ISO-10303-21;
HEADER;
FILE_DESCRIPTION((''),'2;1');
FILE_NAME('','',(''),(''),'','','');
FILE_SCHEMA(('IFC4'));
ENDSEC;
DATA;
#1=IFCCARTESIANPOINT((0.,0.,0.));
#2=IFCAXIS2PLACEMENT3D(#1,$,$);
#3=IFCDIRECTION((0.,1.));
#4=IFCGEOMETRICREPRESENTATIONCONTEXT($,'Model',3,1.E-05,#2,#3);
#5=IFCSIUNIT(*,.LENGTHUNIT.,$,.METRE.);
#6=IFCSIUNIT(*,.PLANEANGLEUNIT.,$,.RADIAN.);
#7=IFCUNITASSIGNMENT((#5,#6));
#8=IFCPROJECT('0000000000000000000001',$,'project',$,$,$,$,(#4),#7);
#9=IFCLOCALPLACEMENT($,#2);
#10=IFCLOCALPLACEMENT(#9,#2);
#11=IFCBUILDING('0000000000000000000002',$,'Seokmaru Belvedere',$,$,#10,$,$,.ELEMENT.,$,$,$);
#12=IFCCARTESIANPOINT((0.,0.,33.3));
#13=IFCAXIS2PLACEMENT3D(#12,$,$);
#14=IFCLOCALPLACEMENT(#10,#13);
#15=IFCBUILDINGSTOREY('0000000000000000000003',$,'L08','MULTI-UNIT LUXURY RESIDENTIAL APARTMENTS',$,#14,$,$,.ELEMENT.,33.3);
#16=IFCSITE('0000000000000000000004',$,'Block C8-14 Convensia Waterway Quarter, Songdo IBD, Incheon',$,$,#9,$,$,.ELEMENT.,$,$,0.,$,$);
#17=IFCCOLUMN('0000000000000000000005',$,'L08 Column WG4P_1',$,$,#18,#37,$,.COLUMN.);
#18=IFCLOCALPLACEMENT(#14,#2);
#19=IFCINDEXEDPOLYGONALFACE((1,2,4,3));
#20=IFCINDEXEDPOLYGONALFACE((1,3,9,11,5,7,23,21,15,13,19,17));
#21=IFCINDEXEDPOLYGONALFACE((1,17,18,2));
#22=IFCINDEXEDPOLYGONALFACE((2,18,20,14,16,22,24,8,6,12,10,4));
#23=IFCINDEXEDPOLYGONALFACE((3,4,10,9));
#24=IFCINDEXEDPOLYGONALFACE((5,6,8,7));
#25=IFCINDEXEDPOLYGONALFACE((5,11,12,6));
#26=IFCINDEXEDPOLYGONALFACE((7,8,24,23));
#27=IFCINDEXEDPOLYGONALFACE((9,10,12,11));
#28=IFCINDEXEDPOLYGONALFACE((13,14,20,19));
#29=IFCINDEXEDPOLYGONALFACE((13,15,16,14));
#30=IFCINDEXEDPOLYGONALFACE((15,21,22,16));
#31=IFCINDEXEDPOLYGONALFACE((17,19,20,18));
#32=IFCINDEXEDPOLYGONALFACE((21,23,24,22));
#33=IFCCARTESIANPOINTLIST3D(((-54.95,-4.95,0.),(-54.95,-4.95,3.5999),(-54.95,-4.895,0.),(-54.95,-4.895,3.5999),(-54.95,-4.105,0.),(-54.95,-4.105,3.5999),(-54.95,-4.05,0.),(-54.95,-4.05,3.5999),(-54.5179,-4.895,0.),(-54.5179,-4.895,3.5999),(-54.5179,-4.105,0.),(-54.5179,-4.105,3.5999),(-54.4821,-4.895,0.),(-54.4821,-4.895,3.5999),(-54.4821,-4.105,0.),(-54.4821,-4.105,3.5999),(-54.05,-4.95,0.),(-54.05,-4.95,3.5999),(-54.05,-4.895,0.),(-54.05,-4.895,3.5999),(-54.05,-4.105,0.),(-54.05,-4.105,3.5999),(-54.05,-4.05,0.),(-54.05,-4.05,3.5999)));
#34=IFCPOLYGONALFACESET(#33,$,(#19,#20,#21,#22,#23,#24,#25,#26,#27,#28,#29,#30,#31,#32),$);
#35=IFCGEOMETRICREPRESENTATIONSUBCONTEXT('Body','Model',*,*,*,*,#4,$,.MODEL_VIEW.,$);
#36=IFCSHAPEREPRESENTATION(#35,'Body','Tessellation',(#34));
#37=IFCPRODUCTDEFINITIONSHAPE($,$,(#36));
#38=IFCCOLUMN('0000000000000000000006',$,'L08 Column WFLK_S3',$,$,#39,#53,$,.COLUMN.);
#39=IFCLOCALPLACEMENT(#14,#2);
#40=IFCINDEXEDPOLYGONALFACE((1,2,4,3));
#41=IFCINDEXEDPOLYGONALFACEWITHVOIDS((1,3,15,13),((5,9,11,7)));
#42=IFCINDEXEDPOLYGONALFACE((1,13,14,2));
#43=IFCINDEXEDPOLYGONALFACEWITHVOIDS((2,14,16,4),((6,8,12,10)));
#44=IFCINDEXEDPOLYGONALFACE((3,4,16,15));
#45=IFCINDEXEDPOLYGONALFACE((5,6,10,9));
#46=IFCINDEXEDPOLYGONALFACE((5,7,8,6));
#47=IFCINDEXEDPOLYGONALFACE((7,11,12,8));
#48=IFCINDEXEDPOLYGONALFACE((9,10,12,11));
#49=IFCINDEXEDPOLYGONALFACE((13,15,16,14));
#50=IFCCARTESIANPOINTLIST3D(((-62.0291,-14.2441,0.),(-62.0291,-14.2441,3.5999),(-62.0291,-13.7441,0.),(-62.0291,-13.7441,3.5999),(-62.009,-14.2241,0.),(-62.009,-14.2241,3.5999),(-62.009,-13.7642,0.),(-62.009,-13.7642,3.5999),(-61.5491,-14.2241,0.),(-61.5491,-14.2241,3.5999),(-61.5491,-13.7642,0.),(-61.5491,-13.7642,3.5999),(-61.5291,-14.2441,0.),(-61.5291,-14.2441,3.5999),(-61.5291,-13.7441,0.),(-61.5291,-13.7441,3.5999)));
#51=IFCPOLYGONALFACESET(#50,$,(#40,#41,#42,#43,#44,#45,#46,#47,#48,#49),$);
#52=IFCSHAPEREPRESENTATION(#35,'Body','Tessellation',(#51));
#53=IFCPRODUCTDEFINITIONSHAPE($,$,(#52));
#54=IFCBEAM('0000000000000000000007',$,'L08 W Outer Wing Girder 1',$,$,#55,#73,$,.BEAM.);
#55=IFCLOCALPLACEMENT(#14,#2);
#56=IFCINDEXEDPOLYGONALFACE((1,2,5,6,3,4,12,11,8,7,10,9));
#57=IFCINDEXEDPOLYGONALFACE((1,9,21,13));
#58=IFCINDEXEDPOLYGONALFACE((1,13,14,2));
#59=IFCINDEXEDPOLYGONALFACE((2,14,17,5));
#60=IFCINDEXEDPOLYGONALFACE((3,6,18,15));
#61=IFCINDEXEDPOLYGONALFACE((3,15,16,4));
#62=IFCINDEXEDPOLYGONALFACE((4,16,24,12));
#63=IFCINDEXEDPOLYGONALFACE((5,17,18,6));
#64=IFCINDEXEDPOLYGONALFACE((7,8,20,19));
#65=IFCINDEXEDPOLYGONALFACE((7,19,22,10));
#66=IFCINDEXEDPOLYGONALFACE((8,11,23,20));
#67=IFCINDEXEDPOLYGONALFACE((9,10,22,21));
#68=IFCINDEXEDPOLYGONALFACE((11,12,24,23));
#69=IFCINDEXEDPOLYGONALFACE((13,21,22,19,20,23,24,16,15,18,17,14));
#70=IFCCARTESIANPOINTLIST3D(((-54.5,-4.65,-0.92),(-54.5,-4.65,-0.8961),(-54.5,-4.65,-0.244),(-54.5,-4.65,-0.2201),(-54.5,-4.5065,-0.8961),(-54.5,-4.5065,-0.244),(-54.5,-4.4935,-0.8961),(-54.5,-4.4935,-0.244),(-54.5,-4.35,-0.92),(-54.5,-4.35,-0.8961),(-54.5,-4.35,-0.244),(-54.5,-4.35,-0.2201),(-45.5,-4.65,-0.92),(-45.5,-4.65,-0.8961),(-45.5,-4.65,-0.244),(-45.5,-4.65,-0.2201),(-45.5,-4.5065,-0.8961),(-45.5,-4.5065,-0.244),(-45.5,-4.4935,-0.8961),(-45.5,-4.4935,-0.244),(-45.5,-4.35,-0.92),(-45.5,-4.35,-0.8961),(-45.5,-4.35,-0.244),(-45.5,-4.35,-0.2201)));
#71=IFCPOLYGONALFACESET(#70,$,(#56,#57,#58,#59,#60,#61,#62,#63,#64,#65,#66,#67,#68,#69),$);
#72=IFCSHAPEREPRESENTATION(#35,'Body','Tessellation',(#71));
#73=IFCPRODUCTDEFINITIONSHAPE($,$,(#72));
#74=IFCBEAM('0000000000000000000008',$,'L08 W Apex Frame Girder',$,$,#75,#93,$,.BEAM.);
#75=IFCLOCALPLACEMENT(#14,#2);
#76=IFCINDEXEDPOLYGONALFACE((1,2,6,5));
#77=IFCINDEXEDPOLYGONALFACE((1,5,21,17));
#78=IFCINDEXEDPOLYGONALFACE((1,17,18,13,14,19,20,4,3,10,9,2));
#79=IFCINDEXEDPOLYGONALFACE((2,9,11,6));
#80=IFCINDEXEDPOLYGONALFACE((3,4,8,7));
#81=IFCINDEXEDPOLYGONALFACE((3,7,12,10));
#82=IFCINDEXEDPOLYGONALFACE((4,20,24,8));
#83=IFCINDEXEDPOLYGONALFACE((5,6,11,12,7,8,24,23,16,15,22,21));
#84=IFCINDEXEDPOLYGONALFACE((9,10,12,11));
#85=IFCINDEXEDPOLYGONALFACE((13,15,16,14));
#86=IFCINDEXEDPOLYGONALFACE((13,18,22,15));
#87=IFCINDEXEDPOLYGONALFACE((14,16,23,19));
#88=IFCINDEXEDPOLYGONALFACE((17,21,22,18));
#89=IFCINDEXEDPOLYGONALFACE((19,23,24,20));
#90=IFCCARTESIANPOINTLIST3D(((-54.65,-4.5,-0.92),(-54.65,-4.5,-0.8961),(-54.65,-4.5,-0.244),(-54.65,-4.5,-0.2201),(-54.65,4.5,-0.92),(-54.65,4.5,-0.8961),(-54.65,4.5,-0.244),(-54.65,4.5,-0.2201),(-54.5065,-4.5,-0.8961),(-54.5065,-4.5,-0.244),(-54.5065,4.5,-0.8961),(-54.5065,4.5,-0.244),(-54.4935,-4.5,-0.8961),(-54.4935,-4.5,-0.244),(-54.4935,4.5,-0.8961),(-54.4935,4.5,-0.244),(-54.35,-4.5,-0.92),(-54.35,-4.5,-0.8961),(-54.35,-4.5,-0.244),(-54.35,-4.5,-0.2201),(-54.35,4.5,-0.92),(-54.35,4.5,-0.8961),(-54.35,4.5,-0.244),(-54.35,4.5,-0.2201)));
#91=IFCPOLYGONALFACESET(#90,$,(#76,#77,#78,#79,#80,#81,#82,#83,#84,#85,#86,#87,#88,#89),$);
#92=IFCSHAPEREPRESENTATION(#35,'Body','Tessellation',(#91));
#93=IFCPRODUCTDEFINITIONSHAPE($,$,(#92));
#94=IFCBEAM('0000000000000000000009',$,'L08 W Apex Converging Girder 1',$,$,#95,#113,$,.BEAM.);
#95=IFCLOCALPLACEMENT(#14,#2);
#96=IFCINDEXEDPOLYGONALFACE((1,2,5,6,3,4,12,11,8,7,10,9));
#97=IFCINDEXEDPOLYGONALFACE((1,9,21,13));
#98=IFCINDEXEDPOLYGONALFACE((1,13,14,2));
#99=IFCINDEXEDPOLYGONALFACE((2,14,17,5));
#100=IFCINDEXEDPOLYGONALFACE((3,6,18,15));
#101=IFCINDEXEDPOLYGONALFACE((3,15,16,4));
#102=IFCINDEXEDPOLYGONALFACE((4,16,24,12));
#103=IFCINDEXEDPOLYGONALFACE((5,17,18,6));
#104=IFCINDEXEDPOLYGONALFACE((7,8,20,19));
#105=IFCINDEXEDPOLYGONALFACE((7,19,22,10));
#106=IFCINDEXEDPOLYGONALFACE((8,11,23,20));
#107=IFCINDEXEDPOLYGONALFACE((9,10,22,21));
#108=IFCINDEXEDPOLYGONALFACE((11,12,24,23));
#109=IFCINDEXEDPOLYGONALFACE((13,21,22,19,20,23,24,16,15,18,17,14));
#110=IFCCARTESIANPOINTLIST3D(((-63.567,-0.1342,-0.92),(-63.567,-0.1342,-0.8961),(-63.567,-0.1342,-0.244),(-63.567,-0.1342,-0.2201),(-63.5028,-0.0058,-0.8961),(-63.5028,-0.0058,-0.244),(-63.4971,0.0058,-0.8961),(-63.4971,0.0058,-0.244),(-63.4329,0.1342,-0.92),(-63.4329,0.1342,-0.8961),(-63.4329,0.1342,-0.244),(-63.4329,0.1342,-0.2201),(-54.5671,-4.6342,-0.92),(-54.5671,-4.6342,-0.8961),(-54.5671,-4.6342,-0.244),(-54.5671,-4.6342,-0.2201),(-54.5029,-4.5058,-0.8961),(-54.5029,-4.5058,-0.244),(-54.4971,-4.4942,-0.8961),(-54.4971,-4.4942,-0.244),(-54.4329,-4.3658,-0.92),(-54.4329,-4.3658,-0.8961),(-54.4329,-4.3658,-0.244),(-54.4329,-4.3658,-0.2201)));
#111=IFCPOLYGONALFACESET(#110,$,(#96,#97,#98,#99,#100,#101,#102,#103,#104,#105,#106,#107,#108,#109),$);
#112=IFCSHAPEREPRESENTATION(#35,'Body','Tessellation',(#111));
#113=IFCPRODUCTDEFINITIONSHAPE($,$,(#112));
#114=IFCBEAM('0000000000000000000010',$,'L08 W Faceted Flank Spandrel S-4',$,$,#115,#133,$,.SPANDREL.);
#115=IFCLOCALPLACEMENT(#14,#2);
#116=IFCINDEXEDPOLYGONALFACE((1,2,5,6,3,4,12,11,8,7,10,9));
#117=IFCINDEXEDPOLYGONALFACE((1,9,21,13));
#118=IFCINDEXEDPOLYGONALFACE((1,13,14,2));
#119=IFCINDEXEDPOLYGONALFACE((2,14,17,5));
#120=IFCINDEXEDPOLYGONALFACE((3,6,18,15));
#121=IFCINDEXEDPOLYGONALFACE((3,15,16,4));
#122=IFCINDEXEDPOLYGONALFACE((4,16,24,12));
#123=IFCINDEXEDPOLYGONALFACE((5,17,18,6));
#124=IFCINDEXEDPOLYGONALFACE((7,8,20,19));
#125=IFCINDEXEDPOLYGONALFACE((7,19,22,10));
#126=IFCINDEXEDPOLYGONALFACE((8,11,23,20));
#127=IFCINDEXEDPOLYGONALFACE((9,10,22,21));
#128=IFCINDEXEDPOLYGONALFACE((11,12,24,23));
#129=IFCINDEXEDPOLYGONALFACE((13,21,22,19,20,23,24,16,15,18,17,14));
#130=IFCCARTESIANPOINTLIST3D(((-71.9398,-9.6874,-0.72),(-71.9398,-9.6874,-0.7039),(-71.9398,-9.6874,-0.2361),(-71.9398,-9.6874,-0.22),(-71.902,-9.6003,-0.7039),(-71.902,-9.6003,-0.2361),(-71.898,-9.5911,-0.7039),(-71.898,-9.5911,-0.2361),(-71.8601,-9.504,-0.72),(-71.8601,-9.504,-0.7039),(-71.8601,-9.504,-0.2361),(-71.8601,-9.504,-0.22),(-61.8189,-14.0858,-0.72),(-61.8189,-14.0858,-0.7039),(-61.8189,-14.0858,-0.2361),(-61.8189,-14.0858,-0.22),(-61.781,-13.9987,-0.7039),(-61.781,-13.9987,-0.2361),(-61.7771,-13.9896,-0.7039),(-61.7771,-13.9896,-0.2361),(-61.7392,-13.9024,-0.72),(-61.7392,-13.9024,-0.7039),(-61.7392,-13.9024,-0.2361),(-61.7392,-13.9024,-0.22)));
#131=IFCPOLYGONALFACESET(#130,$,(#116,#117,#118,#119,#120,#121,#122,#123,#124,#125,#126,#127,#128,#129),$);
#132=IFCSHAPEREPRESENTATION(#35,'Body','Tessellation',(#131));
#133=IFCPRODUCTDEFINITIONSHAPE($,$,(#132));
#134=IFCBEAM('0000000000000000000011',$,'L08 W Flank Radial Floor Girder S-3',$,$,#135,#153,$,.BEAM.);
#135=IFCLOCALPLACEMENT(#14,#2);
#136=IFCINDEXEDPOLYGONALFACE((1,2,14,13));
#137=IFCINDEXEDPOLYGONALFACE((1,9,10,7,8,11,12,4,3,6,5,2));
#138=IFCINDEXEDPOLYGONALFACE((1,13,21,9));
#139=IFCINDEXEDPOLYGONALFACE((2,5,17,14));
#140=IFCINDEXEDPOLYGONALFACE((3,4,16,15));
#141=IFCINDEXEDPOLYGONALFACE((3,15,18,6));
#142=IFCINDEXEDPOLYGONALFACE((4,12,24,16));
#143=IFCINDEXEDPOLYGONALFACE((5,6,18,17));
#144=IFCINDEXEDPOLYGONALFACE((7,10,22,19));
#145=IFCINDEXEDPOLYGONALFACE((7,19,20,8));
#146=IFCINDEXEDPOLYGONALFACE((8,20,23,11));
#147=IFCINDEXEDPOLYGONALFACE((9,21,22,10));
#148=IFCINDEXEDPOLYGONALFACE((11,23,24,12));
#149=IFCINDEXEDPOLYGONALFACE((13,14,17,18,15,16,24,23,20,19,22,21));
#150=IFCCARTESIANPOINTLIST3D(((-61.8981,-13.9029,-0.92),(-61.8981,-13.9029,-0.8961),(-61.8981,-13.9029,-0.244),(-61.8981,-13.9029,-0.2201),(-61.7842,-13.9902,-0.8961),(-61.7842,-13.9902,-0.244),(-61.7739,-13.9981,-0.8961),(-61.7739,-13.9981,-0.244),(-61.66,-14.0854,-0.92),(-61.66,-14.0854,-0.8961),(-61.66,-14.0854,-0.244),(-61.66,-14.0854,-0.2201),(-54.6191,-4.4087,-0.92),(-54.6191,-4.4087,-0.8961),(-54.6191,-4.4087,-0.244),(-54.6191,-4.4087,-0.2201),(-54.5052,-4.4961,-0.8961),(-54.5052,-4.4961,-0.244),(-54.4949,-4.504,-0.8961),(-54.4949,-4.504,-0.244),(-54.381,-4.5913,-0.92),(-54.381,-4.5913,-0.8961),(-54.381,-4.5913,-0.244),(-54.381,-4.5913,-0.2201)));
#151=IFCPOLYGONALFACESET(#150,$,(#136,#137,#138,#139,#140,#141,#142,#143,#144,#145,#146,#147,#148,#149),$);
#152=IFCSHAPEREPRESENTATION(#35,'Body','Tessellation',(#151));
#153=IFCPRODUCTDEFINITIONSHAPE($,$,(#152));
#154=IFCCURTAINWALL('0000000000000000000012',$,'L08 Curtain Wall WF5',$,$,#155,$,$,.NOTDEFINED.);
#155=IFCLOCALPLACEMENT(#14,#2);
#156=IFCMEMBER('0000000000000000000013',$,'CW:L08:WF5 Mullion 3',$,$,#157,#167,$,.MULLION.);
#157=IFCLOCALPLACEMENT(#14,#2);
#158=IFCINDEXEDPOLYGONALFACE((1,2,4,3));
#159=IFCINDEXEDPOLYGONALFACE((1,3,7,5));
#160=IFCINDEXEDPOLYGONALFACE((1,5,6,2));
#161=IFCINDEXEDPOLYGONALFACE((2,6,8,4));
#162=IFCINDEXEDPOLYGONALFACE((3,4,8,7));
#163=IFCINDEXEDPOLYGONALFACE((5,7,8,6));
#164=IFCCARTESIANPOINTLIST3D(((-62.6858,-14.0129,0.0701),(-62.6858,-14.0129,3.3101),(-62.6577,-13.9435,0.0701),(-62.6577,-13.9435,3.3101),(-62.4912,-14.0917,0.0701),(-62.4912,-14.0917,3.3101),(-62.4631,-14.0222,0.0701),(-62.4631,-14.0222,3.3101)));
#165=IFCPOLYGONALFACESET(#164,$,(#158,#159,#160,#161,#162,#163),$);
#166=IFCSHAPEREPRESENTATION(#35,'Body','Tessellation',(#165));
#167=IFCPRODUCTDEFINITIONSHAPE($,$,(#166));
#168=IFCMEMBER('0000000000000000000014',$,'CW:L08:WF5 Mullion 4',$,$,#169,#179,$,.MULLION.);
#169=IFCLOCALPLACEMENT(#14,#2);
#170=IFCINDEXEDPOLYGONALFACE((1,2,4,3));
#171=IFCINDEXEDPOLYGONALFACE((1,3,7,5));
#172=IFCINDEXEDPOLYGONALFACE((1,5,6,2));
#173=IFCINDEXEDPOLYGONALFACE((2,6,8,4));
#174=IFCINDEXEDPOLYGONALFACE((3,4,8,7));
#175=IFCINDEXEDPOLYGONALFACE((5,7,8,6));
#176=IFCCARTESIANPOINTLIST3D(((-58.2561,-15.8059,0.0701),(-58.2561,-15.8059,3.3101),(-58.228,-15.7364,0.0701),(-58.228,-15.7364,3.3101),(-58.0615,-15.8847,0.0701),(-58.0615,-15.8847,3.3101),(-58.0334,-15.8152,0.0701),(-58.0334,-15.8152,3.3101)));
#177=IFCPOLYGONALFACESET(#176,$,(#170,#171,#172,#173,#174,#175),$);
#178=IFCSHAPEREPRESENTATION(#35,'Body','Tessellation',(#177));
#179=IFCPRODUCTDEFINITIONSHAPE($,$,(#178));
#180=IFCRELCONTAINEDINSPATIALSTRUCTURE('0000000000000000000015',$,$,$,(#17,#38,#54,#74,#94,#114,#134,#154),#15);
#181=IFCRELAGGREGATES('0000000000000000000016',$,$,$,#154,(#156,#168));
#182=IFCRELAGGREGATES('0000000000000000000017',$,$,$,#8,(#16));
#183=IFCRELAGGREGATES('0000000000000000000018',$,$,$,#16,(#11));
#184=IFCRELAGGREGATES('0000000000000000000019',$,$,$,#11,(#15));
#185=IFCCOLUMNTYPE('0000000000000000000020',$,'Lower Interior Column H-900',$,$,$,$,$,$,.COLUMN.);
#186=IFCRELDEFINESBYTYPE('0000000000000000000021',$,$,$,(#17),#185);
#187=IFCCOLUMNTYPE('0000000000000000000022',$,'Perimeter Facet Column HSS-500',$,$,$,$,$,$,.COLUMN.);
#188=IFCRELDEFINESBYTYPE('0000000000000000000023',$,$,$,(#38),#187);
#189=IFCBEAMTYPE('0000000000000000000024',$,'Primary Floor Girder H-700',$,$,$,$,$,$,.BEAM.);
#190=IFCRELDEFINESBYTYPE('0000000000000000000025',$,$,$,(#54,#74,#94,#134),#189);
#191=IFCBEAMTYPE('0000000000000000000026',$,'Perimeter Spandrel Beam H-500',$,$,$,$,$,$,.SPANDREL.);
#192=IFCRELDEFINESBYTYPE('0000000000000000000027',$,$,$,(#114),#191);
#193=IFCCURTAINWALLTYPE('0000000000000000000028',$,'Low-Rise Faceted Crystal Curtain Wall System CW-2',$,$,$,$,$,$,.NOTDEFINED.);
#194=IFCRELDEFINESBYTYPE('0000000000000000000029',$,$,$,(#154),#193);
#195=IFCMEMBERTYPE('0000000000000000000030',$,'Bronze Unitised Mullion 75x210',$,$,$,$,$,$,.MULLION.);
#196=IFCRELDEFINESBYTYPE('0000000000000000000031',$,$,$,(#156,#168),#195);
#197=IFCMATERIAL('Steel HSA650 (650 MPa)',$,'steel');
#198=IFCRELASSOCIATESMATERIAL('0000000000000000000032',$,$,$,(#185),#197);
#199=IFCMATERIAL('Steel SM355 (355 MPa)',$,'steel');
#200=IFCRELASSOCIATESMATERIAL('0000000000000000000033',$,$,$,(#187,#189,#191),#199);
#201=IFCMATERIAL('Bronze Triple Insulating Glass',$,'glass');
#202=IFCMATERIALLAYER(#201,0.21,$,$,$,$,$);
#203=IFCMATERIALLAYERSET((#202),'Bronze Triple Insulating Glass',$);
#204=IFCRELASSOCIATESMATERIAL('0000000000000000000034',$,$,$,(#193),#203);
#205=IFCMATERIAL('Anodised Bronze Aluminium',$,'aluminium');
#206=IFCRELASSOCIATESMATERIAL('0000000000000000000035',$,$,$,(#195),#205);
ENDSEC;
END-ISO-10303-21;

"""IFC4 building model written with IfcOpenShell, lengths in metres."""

from ifc_helpers import new_model, si_unit, direction, frame, origin, origin_2d, place, context, subcontext, project, spatial, rectangle, hollow_rectangle, i_section, extrude, source, transform, mapped, material, layer, layer_set, material_profile, profile_set, type_object, type_shapes, element, aggregate, save


model = new_model("IFC4")

# Units and contexts
model_context = context("Model", 3, precision=1e-05, world=origin(), true_north=direction((0.0, 1.0)))
body_context = subcontext(model_context, "Body", "Model", "MODEL_VIEW")
ifc_project = project(units=[si_unit("LENGTHUNIT", "METRE"), si_unit("PLANEANGLEUNIT", "RADIAN")], contexts=[model_context])

# Site, building, storey
site_placement = place(None, origin())
site = spatial("IfcSite", under=ifc_project, at=site_placement, Name="Block C8-14 Convensia Waterway Quarter, Songdo IBD, Incheon", CompositionType="ELEMENT", RefElevation=0.0)
building_placement = place(site_placement, origin())
building = spatial("IfcBuilding", under=site, at=building_placement, Name="Seokmaru Belvedere", CompositionType="ELEMENT")
storey_placement = place(building_placement, frame((0.0, 0.0, 33.3)))
storey = spatial("IfcBuildingStorey", under=building, at=storey_placement, Name="L08", Description="MULTI-UNIT LUXURY RESIDENTIAL APARTMENTS", CompositionType="ELEMENT", Elevation=33.3)

# Columns
ifc_material_1 = material(Name="Steel HSA650 (650 MPa)", Category="steel")
ifc_material_profile_1 = material_profile(ifc_material_1, i_section(OverallWidth=0.8999, OverallDepth=0.8999, WebThickness=0.0359, FlangeThickness=0.0549, at=origin_2d()), Name="H-900x900x36x55")
ifc_profile_set_1 = profile_set([ifc_material_profile_1], Name="Steel HSA650 (650 MPa)")
column_type_1 = type_object("IfcColumnType", Name="Lower Interior Column H-900", PredefinedType="COLUMN", material=ifc_profile_set_1)
shared_shape_1 = source(origin(), body_context, "Body", "SweptSolid", [
    extrude(i_section(OverallWidth=0.8999, OverallDepth=0.8999, WebThickness=0.0359, FlangeThickness=0.0549, at=origin_2d()), origin(), (0.0, 0.0, 1.0), 3.5999),
])
type_shapes(column_type_1, [shared_shape_1])
column_1_placement = place(storey_placement, frame((-54.5, -4.5, 0.0), z_axis=(0.0, 0.0, 1.0), x_axis=(1.0, 0.0, 0.0)))
element("IfcColumn", 1, at=column_1_placement, inside=storey, type_object=column_type_1, Name="L08 Column WG4P_1", PredefinedType="COLUMN", context=body_context, shape_type="MappedRepresentation", body=[
    mapped(shared_shape_1, transform((0.0, 0.0, 0.0), scale=1.0)),
])
ifc_material_2 = material(Name="Steel SM355 (355 MPa)", Category="steel")
ifc_material_profile_2 = material_profile(ifc_material_2, hollow_rectangle(XDim=0.5, YDim=0.5, WallThickness=0.02, at=origin_2d()), Name="HSS-500x500x20")
ifc_profile_set_2 = profile_set([ifc_material_profile_2], Name="Steel SM355 (355 MPa)")
column_type_2 = type_object("IfcColumnType", Name="Perimeter Facet Column HSS-500", PredefinedType="COLUMN", material=ifc_profile_set_2)
shared_shape_2 = source(origin(), body_context, "Body", "SweptSolid", [
    extrude(hollow_rectangle(XDim=0.5, YDim=0.5, WallThickness=0.02, at=origin_2d()), origin(), (0.0, 0.0, 1.0), 3.5999),
])
type_shapes(column_type_2, [shared_shape_2])
column_2_placement = place(storey_placement, frame((-61.7791, -13.9941, 0.0), z_axis=(0.0, 0.0, 1.0), x_axis=(1.0, 0.0, 0.0)))
element("IfcColumn", 2, at=column_2_placement, inside=storey, type_object=column_type_2, Name="L08 Column WFLK_S3", PredefinedType="COLUMN", context=body_context, shape_type="MappedRepresentation", body=[
    mapped(shared_shape_2, transform((0.0, 0.0, 0.0), scale=1.0)),
])

# Beams
ifc_material_profile_3 = material_profile(ifc_material_2, i_section(OverallWidth=0.3, OverallDepth=0.7, WebThickness=0.0129, FlangeThickness=0.0239, at=origin_2d()), Name="H-700x300x13x24")
ifc_profile_set_3 = profile_set([ifc_material_profile_3], Name="Steel SM355 (355 MPa)")
beam_type_1 = type_object("IfcBeamType", Name="Primary Floor Girder H-700", PredefinedType="BEAM", material=ifc_profile_set_3)
shared_shape_3 = source(origin(), body_context, "Body", "SweptSolid", [
    extrude(i_section(OverallWidth=0.3, OverallDepth=0.7, WebThickness=0.0129, FlangeThickness=0.0239, at=origin_2d()), origin(), (0.0, 0.0, 1.0), 9.0),
])
for number, where, z_axis, x_axis, name in (
    (3, (-54.5, -4.5, -0.5701), (1.0, 0.0, 0.0), (0.0, 1.0, 0.0), "L08 W Outer Wing Girder 1"),
    (4, (-54.5, -4.5, -0.5701), (0.0, 1.0, 0.0), (-1.0, 0.0, 0.0), "L08 W Apex Frame Girder"),
):
    element("IfcBeam", number, at=place(storey_placement, frame(where, z_axis=z_axis, x_axis=x_axis)), inside=storey, type_object=beam_type_1, Name=name, PredefinedType="BEAM", context=body_context, shape_type="MappedRepresentation", body=[
        mapped(shared_shape_3, transform((0.0, 0.0, 0.0), scale=1.0)),
    ])
shared_shape_4 = source(origin(), body_context, "Body", "SweptSolid", [
    extrude(i_section(OverallWidth=0.3, OverallDepth=0.7, WebThickness=0.0129, FlangeThickness=0.0239, at=origin_2d()), origin(), (0.0, 0.0, 1.0), 10.0623),
])
beam_1_placement = place(storey_placement, frame((-54.5, -4.5, -0.5701), z_axis=(-0.894427, 0.447214, 0.0), x_axis=(-0.447214, -0.894427, 0.0)))
element("IfcBeam", 5, at=beam_1_placement, inside=storey, type_object=beam_type_1, Name="L08 W Apex Converging Girder 1", PredefinedType="BEAM", context=body_context, shape_type="MappedRepresentation", body=[
    mapped(shared_shape_4, transform((0.0, 0.0, 0.0), scale=1.0)),
])
ifc_material_profile_4 = material_profile(ifc_material_2, i_section(OverallWidth=0.2, OverallDepth=0.5, WebThickness=0.01, FlangeThickness=0.0161, at=origin_2d()), Name="H-500x200x10x16")
ifc_profile_set_4 = profile_set([ifc_material_profile_4], Name="Steel SM355 (355 MPa)")
beam_type_2 = type_object("IfcBeamType", Name="Perimeter Spandrel Beam H-500", PredefinedType="SPANDREL", material=ifc_profile_set_4)
shared_shape_5 = source(origin(), body_context, "Body", "SweptSolid", [
    extrude(i_section(OverallWidth=0.2, OverallDepth=0.5, WebThickness=0.01, FlangeThickness=0.0161, at=origin_2d()), origin(), (0.0, 0.0, 1.0), 11.0354),
])
type_shapes(beam_type_2, [shared_shape_5])
beam_2_placement = place(storey_placement, frame((-61.7791, -13.9941, -0.47), z_axis=(-0.917134, 0.398579, 0.0), x_axis=(-0.398579, -0.917134, 0.0)))
element("IfcBeam", 6, at=beam_2_placement, inside=storey, type_object=beam_type_2, Name="L08 W Faceted Flank Spandrel S-4", PredefinedType="SPANDREL", context=body_context, shape_type="MappedRepresentation", body=[
    mapped(shared_shape_5, transform((0.0, 0.0, 0.0), scale=1.0)),
])
shared_shape_6 = source(origin(), body_context, "Body", "SweptSolid", [
    extrude(i_section(OverallWidth=0.3, OverallDepth=0.7, WebThickness=0.0129, FlangeThickness=0.0239, at=origin_2d()), origin(), (0.0, 0.0, 1.0), 11.9634),
])
type_shapes(beam_type_1, [shared_shape_3, shared_shape_4, shared_shape_6])
beam_3_placement = place(storey_placement, frame((-61.7791, -13.9941, -0.5701), z_axis=(0.608443, 0.793598, 0.0), x_axis=(-0.793598, 0.608443, 0.0)))
element("IfcBeam", 7, at=beam_3_placement, inside=storey, type_object=beam_type_1, Name="L08 W Flank Radial Floor Girder S-3", PredefinedType="BEAM", context=body_context, shape_type="MappedRepresentation", body=[
    mapped(shared_shape_6, transform((0.0, 0.0, 0.0), scale=1.0)),
])

# Curtain wall, members
ifc_material_3 = material(Name="Bronze Triple Insulating Glass", Category="glass")
ifc_layer_1 = layer(ifc_material_3, 0.21)
ifc_layer_set_1 = layer_set([ifc_layer_1], Name="Bronze Triple Insulating Glass")
curtain_wall_type = type_object("IfcCurtainWallType", Name="Low-Rise Faceted Crystal Curtain Wall System CW-2", PredefinedType="NOTDEFINED", material=ifc_layer_set_1)
curtain_wall_placement = place(storey_placement, origin())
curtain_wall = element("IfcCurtainWall", 8, at=curtain_wall_placement, inside=storey, type_object=curtain_wall_type, Name="L08 Curtain Wall WF5", PredefinedType="NOTDEFINED")
ifc_material_4 = material(Name="Anodised Bronze Aluminium", Category="aluminium")
ifc_material_profile_5 = material_profile(ifc_material_4, rectangle(XDim=0.075, YDim=0.21, at=origin_2d()), Name="CW-M-75x210")
ifc_profile_set_5 = profile_set([ifc_material_profile_5], Name="Anodised Bronze Aluminium")
member_type = type_object("IfcMemberType", Name="Bronze Unitised Mullion 75x210", PredefinedType="MULLION", material=ifc_profile_set_5)
shared_shape_7 = source(origin(), body_context, "Body", "SweptSolid", [
    extrude(rectangle(XDim=0.075, YDim=0.21, at=origin_2d()), origin(), (0.0, 0.0, 1.0), 3.24),
])
type_shapes(member_type, [shared_shape_7])
member_1_placement = place(storey_placement, frame((-62.5745, -14.0176, 0.0701), z_axis=(0.0, 0.0, 1.0), x_axis=(0.375192, 0.926947, 0.0)))
member_1 = element("IfcMember", 9, at=member_1_placement, type_object=member_type, Name="CW:L08:WF5 Mullion 3", PredefinedType="MULLION", context=body_context, shape_type="MappedRepresentation", body=[
    mapped(shared_shape_7, transform((0.0, 0.0, 0.0), scale=1.0)),
])
member_2_placement = place(storey_placement, frame((-58.1448, -15.8105, 0.0701), z_axis=(0.0, 0.0, 1.0), x_axis=(0.375192, 0.926947, 0.0)))
member_2 = element("IfcMember", 10, at=member_2_placement, type_object=member_type, Name="CW:L08:WF5 Mullion 4", PredefinedType="MULLION", context=body_context, shape_type="MappedRepresentation", body=[
    mapped(shared_shape_7, transform((0.0, 0.0, 0.0), scale=1.0)),
])
aggregate(curtain_wall, [member_1, member_2])

save(model, "model.ifc")
